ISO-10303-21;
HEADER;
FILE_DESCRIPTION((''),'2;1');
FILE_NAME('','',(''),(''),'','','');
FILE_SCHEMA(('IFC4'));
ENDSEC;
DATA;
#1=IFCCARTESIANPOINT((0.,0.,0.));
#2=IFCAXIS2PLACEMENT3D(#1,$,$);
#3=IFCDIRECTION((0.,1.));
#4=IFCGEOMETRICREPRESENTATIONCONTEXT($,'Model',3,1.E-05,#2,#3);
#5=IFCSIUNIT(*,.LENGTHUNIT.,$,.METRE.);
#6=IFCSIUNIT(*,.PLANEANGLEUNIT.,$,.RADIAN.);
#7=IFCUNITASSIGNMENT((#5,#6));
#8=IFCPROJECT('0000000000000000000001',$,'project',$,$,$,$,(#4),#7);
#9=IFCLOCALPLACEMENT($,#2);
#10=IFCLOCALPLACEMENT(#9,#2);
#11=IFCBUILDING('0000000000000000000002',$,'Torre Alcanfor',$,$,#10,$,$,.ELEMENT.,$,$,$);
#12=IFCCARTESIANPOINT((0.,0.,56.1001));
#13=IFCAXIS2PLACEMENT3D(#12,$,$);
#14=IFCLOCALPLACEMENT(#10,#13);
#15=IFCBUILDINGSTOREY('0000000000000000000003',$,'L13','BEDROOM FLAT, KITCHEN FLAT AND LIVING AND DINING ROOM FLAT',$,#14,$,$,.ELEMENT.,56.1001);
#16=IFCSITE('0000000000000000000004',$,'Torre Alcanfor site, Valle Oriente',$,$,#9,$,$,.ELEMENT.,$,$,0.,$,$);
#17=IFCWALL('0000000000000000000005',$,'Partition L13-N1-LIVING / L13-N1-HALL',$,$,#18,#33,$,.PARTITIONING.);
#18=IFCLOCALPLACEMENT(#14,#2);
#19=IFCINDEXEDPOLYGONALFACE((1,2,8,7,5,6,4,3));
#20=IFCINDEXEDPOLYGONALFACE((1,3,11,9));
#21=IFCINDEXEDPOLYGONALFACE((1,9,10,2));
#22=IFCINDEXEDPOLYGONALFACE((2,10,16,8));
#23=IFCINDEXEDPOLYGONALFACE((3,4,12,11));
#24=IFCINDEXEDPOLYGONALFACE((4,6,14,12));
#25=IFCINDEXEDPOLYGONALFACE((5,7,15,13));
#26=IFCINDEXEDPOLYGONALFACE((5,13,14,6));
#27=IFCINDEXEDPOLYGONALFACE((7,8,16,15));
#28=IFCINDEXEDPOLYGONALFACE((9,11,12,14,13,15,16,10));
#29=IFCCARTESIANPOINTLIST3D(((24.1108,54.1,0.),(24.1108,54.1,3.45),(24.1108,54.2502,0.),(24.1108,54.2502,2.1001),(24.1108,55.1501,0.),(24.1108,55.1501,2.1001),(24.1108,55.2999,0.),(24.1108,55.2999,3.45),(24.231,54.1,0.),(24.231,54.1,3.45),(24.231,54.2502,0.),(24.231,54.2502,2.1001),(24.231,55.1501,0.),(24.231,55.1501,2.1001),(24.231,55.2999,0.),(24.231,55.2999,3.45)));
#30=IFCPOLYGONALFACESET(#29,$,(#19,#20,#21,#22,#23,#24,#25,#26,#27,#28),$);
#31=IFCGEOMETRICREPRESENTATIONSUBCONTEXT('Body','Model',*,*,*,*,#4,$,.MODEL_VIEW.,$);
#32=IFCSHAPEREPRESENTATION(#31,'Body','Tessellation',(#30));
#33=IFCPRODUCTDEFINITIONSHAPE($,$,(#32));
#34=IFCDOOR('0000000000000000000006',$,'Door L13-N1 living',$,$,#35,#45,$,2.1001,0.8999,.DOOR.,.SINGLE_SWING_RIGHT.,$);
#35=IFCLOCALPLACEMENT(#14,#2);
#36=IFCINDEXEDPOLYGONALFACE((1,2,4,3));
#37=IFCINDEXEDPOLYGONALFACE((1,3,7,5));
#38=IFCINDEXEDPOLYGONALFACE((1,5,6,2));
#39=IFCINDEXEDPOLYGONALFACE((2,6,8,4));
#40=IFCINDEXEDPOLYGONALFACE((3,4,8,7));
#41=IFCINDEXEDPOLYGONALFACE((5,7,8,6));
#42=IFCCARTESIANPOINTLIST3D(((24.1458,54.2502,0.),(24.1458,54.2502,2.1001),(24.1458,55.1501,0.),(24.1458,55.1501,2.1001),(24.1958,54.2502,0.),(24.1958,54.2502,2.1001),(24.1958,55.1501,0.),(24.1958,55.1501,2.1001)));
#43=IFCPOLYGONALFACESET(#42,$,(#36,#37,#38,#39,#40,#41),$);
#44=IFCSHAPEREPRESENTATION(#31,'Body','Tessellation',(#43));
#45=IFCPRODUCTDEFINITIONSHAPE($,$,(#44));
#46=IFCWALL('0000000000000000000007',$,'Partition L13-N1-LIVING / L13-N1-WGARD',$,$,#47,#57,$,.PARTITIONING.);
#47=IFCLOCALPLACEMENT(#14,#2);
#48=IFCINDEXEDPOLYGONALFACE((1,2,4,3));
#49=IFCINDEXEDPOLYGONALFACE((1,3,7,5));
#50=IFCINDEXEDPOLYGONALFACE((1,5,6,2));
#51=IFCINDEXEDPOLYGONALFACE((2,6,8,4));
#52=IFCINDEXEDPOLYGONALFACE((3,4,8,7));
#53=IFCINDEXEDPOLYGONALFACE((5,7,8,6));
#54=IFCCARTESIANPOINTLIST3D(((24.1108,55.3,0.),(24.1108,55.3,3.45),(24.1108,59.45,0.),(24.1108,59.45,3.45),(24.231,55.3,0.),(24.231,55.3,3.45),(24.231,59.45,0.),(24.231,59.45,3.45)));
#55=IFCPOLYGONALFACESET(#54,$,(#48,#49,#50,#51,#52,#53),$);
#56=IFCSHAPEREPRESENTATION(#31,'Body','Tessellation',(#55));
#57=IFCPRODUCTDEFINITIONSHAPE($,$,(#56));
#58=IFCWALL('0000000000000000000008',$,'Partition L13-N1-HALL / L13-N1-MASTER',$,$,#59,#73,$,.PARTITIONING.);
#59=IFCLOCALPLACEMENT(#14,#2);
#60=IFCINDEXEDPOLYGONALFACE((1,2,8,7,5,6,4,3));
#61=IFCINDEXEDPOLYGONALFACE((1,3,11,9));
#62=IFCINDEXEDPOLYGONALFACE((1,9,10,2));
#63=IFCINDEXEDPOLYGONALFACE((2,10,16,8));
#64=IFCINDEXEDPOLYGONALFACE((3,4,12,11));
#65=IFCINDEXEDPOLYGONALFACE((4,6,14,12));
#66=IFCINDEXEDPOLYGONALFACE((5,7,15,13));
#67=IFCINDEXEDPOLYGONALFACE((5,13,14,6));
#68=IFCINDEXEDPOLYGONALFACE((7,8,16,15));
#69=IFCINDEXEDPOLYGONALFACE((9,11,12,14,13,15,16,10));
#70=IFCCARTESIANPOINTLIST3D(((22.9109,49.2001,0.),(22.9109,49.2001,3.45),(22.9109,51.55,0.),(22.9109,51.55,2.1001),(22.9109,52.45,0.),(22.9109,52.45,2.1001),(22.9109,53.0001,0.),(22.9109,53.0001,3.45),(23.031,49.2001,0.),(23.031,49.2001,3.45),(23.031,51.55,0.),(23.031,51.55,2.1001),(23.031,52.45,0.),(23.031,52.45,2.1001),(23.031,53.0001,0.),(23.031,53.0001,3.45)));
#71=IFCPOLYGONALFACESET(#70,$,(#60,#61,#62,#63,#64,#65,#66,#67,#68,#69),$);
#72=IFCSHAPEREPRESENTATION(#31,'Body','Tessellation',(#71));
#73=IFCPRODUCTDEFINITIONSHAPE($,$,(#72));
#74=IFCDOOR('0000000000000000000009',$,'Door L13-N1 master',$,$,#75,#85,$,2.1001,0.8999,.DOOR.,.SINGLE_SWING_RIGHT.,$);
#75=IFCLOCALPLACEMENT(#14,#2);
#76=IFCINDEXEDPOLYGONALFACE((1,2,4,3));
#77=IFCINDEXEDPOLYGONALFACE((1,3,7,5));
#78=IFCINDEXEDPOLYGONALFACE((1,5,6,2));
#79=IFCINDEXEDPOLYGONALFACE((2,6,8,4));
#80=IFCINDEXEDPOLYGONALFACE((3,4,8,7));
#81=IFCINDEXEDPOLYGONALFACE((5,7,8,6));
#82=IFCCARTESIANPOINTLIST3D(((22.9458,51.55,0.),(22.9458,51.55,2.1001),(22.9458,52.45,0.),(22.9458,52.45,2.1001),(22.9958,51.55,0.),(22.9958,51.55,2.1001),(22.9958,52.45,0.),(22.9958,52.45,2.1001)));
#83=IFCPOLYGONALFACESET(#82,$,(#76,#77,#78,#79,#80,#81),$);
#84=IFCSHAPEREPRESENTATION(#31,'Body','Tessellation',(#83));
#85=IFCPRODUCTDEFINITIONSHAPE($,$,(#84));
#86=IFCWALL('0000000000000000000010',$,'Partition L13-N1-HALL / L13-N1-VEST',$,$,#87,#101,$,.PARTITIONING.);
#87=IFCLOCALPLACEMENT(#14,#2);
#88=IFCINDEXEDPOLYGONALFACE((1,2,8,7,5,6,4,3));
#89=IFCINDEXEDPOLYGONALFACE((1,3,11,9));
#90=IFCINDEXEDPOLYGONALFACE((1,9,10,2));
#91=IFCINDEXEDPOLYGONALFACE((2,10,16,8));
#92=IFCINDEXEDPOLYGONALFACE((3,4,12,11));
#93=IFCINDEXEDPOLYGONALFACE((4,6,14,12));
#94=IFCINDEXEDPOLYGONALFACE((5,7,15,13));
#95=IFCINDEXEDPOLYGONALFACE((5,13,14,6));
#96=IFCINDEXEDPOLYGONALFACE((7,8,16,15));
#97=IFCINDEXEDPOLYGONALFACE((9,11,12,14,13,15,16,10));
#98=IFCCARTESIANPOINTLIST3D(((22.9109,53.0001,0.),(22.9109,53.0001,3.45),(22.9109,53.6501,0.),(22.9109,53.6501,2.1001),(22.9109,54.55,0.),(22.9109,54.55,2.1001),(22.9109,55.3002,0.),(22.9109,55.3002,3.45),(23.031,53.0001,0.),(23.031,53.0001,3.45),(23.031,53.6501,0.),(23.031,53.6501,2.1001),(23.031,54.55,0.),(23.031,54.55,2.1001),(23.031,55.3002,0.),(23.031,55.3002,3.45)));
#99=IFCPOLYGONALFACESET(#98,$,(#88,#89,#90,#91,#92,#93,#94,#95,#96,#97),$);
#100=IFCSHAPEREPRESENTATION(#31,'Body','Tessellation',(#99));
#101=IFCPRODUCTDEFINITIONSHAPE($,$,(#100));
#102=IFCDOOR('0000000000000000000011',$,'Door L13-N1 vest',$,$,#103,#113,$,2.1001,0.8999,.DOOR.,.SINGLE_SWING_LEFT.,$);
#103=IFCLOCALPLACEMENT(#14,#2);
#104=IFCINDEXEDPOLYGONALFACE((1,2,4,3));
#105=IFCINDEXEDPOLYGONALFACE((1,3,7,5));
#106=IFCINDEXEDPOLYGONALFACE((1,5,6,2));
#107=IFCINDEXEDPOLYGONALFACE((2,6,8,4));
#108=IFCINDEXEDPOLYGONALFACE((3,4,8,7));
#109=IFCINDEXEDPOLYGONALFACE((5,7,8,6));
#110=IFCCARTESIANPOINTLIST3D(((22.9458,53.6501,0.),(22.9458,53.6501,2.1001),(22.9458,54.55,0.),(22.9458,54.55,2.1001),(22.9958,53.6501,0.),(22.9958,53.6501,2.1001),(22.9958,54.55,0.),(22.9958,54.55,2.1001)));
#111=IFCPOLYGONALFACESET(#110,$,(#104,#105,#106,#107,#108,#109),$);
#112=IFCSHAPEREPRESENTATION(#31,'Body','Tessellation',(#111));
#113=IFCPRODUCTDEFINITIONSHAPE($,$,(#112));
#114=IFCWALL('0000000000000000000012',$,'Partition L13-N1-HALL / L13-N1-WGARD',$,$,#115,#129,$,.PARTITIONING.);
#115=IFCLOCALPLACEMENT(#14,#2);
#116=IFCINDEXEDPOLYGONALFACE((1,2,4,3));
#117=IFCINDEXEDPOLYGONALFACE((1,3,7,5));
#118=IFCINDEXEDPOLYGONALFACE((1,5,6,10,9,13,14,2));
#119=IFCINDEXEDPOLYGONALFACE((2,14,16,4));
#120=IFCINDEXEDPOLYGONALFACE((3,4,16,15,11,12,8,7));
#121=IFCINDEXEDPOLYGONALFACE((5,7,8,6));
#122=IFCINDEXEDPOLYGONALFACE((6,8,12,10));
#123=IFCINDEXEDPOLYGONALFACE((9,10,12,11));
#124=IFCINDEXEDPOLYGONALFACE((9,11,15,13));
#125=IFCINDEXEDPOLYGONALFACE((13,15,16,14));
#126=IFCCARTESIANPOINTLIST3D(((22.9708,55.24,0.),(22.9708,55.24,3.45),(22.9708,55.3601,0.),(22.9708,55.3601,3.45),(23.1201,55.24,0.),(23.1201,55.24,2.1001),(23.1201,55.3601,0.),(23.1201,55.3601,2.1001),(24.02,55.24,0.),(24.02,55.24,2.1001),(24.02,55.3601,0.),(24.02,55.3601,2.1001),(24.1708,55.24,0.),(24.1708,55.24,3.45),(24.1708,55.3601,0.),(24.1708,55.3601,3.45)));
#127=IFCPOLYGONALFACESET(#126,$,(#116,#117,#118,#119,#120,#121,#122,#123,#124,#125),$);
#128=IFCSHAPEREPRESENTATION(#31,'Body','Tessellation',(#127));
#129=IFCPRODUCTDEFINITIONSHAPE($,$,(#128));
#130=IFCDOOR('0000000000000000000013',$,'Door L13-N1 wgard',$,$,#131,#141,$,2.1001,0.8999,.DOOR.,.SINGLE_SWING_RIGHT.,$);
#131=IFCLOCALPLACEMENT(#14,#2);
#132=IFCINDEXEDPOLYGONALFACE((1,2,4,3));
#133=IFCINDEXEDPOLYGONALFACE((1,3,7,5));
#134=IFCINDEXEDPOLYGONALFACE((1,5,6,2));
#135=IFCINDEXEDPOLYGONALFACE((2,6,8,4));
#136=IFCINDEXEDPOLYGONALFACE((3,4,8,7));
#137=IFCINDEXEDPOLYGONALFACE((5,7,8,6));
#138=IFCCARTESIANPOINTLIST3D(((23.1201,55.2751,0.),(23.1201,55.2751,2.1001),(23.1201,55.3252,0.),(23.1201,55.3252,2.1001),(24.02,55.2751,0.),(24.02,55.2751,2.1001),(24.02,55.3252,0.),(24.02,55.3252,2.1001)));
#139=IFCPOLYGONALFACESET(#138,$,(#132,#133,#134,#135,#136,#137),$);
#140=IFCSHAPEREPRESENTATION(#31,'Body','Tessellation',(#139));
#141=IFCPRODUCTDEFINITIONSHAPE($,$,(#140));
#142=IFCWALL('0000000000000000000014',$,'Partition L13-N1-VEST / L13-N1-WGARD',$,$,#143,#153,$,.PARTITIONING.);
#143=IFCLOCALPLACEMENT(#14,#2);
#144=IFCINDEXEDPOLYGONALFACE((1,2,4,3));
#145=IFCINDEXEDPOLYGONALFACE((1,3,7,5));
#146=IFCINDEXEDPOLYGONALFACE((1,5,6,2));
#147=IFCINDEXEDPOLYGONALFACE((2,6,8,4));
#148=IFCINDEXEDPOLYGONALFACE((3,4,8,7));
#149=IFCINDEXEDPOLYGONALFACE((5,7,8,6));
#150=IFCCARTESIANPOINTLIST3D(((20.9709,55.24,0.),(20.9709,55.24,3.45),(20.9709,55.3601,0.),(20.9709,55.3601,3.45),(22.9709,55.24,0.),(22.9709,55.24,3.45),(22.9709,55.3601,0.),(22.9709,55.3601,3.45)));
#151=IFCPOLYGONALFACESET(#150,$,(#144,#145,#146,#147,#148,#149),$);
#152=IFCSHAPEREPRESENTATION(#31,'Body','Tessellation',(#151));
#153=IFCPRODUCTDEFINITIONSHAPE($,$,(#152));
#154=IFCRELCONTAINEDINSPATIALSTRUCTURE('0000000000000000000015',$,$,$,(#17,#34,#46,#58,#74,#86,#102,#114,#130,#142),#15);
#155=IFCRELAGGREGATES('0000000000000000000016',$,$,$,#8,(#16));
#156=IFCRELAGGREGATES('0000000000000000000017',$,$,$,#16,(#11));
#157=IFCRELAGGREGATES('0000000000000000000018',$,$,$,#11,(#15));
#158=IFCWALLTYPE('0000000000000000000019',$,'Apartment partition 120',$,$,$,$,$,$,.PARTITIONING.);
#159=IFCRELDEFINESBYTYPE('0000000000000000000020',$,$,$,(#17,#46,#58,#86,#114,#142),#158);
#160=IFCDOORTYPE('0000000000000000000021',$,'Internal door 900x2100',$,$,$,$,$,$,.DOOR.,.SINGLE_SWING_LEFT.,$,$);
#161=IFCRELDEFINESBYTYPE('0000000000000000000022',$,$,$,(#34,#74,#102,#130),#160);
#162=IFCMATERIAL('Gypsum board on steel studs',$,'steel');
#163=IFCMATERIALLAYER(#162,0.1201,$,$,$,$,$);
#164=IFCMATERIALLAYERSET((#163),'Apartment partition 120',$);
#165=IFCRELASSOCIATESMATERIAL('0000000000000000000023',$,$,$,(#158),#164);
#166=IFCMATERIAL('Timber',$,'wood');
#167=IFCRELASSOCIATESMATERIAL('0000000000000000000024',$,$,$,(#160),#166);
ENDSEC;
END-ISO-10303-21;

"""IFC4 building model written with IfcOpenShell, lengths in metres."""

from ifc_helpers import new_model, si_unit, direction, frame, frame_2d, origin, place, context, subcontext, project, spatial, rectangle, extrude, material, layer, layer_set, type_object, element, fill, save


model = new_model("IFC4")

# Units and contexts
model_context = context("Model", 3, precision=1e-05, world=origin(), true_north=direction((0.0, 1.0)))
body_context = subcontext(model_context, "Body", "Model", "MODEL_VIEW")
ifc_project = project(units=[si_unit("LENGTHUNIT", "METRE"), si_unit("PLANEANGLEUNIT", "RADIAN")], contexts=[model_context])

# Site, building, storey
site_placement = place(None, origin())
site = spatial("IfcSite", under=ifc_project, at=site_placement, Name="Torre Alcanfor site, Valle Oriente", CompositionType="ELEMENT", RefElevation=0.0)
building_placement = place(site_placement, origin())
building = spatial("IfcBuilding", under=site, at=building_placement, Name="Torre Alcanfor", CompositionType="ELEMENT")
storey_placement = place(building_placement, frame((0.0, 0.0, 56.1001)))
storey = spatial("IfcBuildingStorey", under=building, at=storey_placement, Name="L13", Description="BEDROOM FLAT, KITCHEN FLAT AND LIVING AND DINING ROOM FLAT", CompositionType="ELEMENT", Elevation=56.1001)

# Shared definitions
ifc_material_1 = material(Name="Gypsum board on steel studs", Category="steel")
ifc_layer_1 = layer(ifc_material_1, 0.1201)
ifc_layer_set_1 = layer_set([ifc_layer_1], Name="Apartment partition 120")
wall_type = type_object("IfcWallType", Name="Apartment partition 120", PredefinedType="PARTITIONING", material=ifc_layer_set_1)
ifc_material_2 = material(Name="Timber", Category="wood")
door_type = type_object("IfcDoorType", Name="Internal door 900x2100", OperationType="SINGLE_SWING_LEFT", PredefinedType="DOOR", material=ifc_material_2)

# Wall, opening, door
wall_1_placement = place(storey_placement, frame((24.1709, 55.3, 0.0), z_axis=(0.0, 0.0, 1.0), x_axis=(0.0, -1.0, 0.0)))
wall_1 = element("IfcWall", 1, at=wall_1_placement, inside=storey, type_object=wall_type, Name="Partition L13-N1-LIVING / L13-N1-HALL", PredefinedType="PARTITIONING", context=body_context, shape_type="SweptSolid", body=[
    extrude(rectangle(XDim=1.2, YDim=0.1201, at=frame_2d((0.6001, 0.0))), origin(), (0.0, 0.0, 1.0), 3.45),
])
opening_1_placement = place(wall_1_placement, frame((0.1499, 0.0, 0.0)))
opening_1 = element("IfcOpeningElement", 2, at=opening_1_placement, cuts=wall_1, PredefinedType="OPENING", context=body_context, shape_type="SweptSolid", body=[
    extrude(rectangle(XDim=0.8999, YDim=2.1001, at=frame_2d((0.45, 1.05))), frame((0.0, 0.0701, 0.0), z_axis=(0.0, -1.0, 0.0), x_axis=(1.0, 0.0, 0.0)), (0.0, 0.0, 1.0), 0.1401),
])
door_1_placement = place(opening_1_placement, origin())
door_1 = element("IfcDoor", 3, at=door_1_placement, inside=storey, type_object=door_type, Name="Door L13-N1 living", OperationType="SINGLE_SWING_RIGHT", OverallHeight=2.1001, OverallWidth=0.8999, PredefinedType="DOOR", context=body_context, shape_type="SweptSolid", body=[
    extrude(rectangle(XDim=0.8999, YDim=2.1001, at=frame_2d((0.45, 1.05))), frame((0.0, 0.0249, 0.0), z_axis=(0.0, -1.0, 0.0), x_axis=(1.0, 0.0, 0.0)), (0.0, 0.0, 1.0), 0.05),
])
fill(opening_1, door_1)

# Wall
wall_2_placement = place(storey_placement, frame((24.1709, 59.45, 0.0), z_axis=(0.0, 0.0, 1.0), x_axis=(0.0, -1.0, 0.0)))
element("IfcWall", 4, at=wall_2_placement, inside=storey, type_object=wall_type, Name="Partition L13-N1-LIVING / L13-N1-WGARD", PredefinedType="PARTITIONING", context=body_context, shape_type="SweptSolid", body=[
    extrude(rectangle(XDim=4.1499, YDim=0.1201, at=frame_2d((2.075, 0.0))), origin(), (0.0, 0.0, 1.0), 3.45),
])

# Walls, openings, doors
wall_3_placement = place(storey_placement, frame((22.9709, 53.0, 0.0), z_axis=(0.0, 0.0, 1.0), x_axis=(0.0, -1.0, 0.0)))
wall_3 = element("IfcWall", 5, at=wall_3_placement, inside=storey, type_object=wall_type, Name="Partition L13-N1-HALL / L13-N1-MASTER", PredefinedType="PARTITIONING", context=body_context, shape_type="SweptSolid", body=[
    extrude(rectangle(XDim=3.8, YDim=0.1201, at=frame_2d((1.8999, 0.0))), origin(), (0.0, 0.0, 1.0), 3.45),
])
opening_2_placement = place(wall_3_placement, frame((0.55, 0.0, 0.0)))
opening_2 = element("IfcOpeningElement", 6, at=opening_2_placement, cuts=wall_3, PredefinedType="OPENING", context=body_context, shape_type="SweptSolid", body=[
    extrude(rectangle(XDim=0.8999, YDim=2.1001, at=frame_2d((0.45, 1.05))), frame((0.0, 0.0701, 0.0), z_axis=(0.0, -1.0, 0.0), x_axis=(1.0, 0.0, 0.0)), (0.0, 0.0, 1.0), 0.1401),
])
door_2_placement = place(opening_2_placement, frame((0.8999, 0.0, 0.0), z_axis=(0.0, 0.0, 1.0), x_axis=(-1.0, 0.0, 0.0)))
door_2 = element("IfcDoor", 7, at=door_2_placement, inside=storey, type_object=door_type, Name="Door L13-N1 master", OperationType="SINGLE_SWING_RIGHT", OverallHeight=2.1001, OverallWidth=0.8999, PredefinedType="DOOR", context=body_context, shape_type="SweptSolid", body=[
    extrude(rectangle(XDim=0.8999, YDim=2.1001, at=frame_2d((0.45, 1.05))), frame((0.0, 0.0251, 0.0), z_axis=(0.0, -1.0, 0.0), x_axis=(1.0, 0.0, 0.0)), (0.0, 0.0, 1.0), 0.05),
])
fill(opening_2, door_2)
wall_4_placement = place(storey_placement, frame((22.9709, 55.3, 0.0), z_axis=(0.0, 0.0, 1.0), x_axis=(0.0, -1.0, 0.0)))
wall_4 = element("IfcWall", 8, at=wall_4_placement, inside=storey, type_object=wall_type, Name="Partition L13-N1-HALL / L13-N1-VEST", PredefinedType="PARTITIONING", context=body_context, shape_type="SweptSolid", body=[
    extrude(rectangle(XDim=2.3, YDim=0.1201, at=frame_2d((1.1499, 0.0))), origin(), (0.0, 0.0, 1.0), 3.45),
])
opening_3_placement = place(wall_4_placement, frame((0.75, 0.0, 0.0)))
opening_3 = element("IfcOpeningElement", 9, at=opening_3_placement, cuts=wall_4, PredefinedType="OPENING", context=body_context, shape_type="SweptSolid", body=[
    extrude(rectangle(XDim=0.8999, YDim=2.1001, at=frame_2d((0.45, 1.05))), frame((0.0, 0.0701, 0.0), z_axis=(0.0, -1.0, 0.0), x_axis=(1.0, 0.0, 0.0)), (0.0, 0.0, 1.0), 0.1401),
])
door_3_placement = place(opening_3_placement, frame((0.8999, 0.0, 0.0), z_axis=(0.0, 0.0, 1.0), x_axis=(-1.0, 0.0, 0.0)))
door_3 = element("IfcDoor", 10, at=door_3_placement, inside=storey, type_object=door_type, Name="Door L13-N1 vest", OperationType="SINGLE_SWING_LEFT", OverallHeight=2.1001, OverallWidth=0.8999, PredefinedType="DOOR", context=body_context, shape_type="SweptSolid", body=[
    extrude(rectangle(XDim=0.8999, YDim=2.1001, at=frame_2d((0.45, 1.05))), frame((0.0, 0.0251, 0.0), z_axis=(0.0, -1.0, 0.0), x_axis=(1.0, 0.0, 0.0)), (0.0, 0.0, 1.0), 0.05),
])
fill(opening_3, door_3)
wall_5_placement = place(storey_placement, frame((24.1709, 55.3, 0.0), z_axis=(0.0, 0.0, 1.0), x_axis=(-1.0, 0.0, 0.0)))
wall_5 = element("IfcWall", 11, at=wall_5_placement, inside=storey, type_object=wall_type, Name="Partition L13-N1-HALL / L13-N1-WGARD", PredefinedType="PARTITIONING", context=body_context, shape_type="SweptSolid", body=[
    extrude(rectangle(XDim=1.2, YDim=0.1201, at=frame_2d((0.6001, 0.0))), origin(), (0.0, 0.0, 1.0), 3.45),
])
opening_4_placement = place(wall_5_placement, frame((0.1509, 0.0, 0.0)))
opening_4 = element("IfcOpeningElement", 12, at=opening_4_placement, cuts=wall_5, PredefinedType="OPENING", context=body_context, shape_type="SweptSolid", body=[
    extrude(rectangle(XDim=0.8999, YDim=2.1001, at=frame_2d((0.45, 1.05))), frame((0.0, 0.0701, 0.0), z_axis=(0.0, -1.0, 0.0), x_axis=(1.0, 0.0, 0.0)), (0.0, 0.0, 1.0), 0.1401),
])
door_4_placement = place(opening_4_placement, frame((0.8999, 0.0, 0.0), z_axis=(0.0, 0.0, 1.0), x_axis=(-1.0, 0.0, 0.0)))
door_4 = element("IfcDoor", 13, at=door_4_placement, inside=storey, type_object=door_type, Name="Door L13-N1 wgard", OperationType="SINGLE_SWING_RIGHT", OverallHeight=2.1001, OverallWidth=0.8999, PredefinedType="DOOR", context=body_context, shape_type="SweptSolid", body=[
    extrude(rectangle(XDim=0.8999, YDim=2.1001, at=frame_2d((0.45, 1.05))), frame((0.0, 0.0251, 0.0), z_axis=(0.0, -1.0, 0.0), x_axis=(1.0, 0.0, 0.0)), (0.0, 0.0, 1.0), 0.05),
])
fill(opening_4, door_4)

# Wall
wall_6_placement = place(storey_placement, frame((22.9709, 55.3, 0.0), z_axis=(0.0, 0.0, 1.0), x_axis=(-1.0, 0.0, 0.0)))
element("IfcWall", 14, at=wall_6_placement, inside=storey, type_object=wall_type, Name="Partition L13-N1-VEST / L13-N1-WGARD", PredefinedType="PARTITIONING", context=body_context, shape_type="SweptSolid", body=[
    extrude(rectangle(XDim=2.0, YDim=0.1201, at=frame_2d((1.0, 0.0))), origin(), (0.0, 0.0, 1.0), 3.45),
])

save(model, "model.ifc")
